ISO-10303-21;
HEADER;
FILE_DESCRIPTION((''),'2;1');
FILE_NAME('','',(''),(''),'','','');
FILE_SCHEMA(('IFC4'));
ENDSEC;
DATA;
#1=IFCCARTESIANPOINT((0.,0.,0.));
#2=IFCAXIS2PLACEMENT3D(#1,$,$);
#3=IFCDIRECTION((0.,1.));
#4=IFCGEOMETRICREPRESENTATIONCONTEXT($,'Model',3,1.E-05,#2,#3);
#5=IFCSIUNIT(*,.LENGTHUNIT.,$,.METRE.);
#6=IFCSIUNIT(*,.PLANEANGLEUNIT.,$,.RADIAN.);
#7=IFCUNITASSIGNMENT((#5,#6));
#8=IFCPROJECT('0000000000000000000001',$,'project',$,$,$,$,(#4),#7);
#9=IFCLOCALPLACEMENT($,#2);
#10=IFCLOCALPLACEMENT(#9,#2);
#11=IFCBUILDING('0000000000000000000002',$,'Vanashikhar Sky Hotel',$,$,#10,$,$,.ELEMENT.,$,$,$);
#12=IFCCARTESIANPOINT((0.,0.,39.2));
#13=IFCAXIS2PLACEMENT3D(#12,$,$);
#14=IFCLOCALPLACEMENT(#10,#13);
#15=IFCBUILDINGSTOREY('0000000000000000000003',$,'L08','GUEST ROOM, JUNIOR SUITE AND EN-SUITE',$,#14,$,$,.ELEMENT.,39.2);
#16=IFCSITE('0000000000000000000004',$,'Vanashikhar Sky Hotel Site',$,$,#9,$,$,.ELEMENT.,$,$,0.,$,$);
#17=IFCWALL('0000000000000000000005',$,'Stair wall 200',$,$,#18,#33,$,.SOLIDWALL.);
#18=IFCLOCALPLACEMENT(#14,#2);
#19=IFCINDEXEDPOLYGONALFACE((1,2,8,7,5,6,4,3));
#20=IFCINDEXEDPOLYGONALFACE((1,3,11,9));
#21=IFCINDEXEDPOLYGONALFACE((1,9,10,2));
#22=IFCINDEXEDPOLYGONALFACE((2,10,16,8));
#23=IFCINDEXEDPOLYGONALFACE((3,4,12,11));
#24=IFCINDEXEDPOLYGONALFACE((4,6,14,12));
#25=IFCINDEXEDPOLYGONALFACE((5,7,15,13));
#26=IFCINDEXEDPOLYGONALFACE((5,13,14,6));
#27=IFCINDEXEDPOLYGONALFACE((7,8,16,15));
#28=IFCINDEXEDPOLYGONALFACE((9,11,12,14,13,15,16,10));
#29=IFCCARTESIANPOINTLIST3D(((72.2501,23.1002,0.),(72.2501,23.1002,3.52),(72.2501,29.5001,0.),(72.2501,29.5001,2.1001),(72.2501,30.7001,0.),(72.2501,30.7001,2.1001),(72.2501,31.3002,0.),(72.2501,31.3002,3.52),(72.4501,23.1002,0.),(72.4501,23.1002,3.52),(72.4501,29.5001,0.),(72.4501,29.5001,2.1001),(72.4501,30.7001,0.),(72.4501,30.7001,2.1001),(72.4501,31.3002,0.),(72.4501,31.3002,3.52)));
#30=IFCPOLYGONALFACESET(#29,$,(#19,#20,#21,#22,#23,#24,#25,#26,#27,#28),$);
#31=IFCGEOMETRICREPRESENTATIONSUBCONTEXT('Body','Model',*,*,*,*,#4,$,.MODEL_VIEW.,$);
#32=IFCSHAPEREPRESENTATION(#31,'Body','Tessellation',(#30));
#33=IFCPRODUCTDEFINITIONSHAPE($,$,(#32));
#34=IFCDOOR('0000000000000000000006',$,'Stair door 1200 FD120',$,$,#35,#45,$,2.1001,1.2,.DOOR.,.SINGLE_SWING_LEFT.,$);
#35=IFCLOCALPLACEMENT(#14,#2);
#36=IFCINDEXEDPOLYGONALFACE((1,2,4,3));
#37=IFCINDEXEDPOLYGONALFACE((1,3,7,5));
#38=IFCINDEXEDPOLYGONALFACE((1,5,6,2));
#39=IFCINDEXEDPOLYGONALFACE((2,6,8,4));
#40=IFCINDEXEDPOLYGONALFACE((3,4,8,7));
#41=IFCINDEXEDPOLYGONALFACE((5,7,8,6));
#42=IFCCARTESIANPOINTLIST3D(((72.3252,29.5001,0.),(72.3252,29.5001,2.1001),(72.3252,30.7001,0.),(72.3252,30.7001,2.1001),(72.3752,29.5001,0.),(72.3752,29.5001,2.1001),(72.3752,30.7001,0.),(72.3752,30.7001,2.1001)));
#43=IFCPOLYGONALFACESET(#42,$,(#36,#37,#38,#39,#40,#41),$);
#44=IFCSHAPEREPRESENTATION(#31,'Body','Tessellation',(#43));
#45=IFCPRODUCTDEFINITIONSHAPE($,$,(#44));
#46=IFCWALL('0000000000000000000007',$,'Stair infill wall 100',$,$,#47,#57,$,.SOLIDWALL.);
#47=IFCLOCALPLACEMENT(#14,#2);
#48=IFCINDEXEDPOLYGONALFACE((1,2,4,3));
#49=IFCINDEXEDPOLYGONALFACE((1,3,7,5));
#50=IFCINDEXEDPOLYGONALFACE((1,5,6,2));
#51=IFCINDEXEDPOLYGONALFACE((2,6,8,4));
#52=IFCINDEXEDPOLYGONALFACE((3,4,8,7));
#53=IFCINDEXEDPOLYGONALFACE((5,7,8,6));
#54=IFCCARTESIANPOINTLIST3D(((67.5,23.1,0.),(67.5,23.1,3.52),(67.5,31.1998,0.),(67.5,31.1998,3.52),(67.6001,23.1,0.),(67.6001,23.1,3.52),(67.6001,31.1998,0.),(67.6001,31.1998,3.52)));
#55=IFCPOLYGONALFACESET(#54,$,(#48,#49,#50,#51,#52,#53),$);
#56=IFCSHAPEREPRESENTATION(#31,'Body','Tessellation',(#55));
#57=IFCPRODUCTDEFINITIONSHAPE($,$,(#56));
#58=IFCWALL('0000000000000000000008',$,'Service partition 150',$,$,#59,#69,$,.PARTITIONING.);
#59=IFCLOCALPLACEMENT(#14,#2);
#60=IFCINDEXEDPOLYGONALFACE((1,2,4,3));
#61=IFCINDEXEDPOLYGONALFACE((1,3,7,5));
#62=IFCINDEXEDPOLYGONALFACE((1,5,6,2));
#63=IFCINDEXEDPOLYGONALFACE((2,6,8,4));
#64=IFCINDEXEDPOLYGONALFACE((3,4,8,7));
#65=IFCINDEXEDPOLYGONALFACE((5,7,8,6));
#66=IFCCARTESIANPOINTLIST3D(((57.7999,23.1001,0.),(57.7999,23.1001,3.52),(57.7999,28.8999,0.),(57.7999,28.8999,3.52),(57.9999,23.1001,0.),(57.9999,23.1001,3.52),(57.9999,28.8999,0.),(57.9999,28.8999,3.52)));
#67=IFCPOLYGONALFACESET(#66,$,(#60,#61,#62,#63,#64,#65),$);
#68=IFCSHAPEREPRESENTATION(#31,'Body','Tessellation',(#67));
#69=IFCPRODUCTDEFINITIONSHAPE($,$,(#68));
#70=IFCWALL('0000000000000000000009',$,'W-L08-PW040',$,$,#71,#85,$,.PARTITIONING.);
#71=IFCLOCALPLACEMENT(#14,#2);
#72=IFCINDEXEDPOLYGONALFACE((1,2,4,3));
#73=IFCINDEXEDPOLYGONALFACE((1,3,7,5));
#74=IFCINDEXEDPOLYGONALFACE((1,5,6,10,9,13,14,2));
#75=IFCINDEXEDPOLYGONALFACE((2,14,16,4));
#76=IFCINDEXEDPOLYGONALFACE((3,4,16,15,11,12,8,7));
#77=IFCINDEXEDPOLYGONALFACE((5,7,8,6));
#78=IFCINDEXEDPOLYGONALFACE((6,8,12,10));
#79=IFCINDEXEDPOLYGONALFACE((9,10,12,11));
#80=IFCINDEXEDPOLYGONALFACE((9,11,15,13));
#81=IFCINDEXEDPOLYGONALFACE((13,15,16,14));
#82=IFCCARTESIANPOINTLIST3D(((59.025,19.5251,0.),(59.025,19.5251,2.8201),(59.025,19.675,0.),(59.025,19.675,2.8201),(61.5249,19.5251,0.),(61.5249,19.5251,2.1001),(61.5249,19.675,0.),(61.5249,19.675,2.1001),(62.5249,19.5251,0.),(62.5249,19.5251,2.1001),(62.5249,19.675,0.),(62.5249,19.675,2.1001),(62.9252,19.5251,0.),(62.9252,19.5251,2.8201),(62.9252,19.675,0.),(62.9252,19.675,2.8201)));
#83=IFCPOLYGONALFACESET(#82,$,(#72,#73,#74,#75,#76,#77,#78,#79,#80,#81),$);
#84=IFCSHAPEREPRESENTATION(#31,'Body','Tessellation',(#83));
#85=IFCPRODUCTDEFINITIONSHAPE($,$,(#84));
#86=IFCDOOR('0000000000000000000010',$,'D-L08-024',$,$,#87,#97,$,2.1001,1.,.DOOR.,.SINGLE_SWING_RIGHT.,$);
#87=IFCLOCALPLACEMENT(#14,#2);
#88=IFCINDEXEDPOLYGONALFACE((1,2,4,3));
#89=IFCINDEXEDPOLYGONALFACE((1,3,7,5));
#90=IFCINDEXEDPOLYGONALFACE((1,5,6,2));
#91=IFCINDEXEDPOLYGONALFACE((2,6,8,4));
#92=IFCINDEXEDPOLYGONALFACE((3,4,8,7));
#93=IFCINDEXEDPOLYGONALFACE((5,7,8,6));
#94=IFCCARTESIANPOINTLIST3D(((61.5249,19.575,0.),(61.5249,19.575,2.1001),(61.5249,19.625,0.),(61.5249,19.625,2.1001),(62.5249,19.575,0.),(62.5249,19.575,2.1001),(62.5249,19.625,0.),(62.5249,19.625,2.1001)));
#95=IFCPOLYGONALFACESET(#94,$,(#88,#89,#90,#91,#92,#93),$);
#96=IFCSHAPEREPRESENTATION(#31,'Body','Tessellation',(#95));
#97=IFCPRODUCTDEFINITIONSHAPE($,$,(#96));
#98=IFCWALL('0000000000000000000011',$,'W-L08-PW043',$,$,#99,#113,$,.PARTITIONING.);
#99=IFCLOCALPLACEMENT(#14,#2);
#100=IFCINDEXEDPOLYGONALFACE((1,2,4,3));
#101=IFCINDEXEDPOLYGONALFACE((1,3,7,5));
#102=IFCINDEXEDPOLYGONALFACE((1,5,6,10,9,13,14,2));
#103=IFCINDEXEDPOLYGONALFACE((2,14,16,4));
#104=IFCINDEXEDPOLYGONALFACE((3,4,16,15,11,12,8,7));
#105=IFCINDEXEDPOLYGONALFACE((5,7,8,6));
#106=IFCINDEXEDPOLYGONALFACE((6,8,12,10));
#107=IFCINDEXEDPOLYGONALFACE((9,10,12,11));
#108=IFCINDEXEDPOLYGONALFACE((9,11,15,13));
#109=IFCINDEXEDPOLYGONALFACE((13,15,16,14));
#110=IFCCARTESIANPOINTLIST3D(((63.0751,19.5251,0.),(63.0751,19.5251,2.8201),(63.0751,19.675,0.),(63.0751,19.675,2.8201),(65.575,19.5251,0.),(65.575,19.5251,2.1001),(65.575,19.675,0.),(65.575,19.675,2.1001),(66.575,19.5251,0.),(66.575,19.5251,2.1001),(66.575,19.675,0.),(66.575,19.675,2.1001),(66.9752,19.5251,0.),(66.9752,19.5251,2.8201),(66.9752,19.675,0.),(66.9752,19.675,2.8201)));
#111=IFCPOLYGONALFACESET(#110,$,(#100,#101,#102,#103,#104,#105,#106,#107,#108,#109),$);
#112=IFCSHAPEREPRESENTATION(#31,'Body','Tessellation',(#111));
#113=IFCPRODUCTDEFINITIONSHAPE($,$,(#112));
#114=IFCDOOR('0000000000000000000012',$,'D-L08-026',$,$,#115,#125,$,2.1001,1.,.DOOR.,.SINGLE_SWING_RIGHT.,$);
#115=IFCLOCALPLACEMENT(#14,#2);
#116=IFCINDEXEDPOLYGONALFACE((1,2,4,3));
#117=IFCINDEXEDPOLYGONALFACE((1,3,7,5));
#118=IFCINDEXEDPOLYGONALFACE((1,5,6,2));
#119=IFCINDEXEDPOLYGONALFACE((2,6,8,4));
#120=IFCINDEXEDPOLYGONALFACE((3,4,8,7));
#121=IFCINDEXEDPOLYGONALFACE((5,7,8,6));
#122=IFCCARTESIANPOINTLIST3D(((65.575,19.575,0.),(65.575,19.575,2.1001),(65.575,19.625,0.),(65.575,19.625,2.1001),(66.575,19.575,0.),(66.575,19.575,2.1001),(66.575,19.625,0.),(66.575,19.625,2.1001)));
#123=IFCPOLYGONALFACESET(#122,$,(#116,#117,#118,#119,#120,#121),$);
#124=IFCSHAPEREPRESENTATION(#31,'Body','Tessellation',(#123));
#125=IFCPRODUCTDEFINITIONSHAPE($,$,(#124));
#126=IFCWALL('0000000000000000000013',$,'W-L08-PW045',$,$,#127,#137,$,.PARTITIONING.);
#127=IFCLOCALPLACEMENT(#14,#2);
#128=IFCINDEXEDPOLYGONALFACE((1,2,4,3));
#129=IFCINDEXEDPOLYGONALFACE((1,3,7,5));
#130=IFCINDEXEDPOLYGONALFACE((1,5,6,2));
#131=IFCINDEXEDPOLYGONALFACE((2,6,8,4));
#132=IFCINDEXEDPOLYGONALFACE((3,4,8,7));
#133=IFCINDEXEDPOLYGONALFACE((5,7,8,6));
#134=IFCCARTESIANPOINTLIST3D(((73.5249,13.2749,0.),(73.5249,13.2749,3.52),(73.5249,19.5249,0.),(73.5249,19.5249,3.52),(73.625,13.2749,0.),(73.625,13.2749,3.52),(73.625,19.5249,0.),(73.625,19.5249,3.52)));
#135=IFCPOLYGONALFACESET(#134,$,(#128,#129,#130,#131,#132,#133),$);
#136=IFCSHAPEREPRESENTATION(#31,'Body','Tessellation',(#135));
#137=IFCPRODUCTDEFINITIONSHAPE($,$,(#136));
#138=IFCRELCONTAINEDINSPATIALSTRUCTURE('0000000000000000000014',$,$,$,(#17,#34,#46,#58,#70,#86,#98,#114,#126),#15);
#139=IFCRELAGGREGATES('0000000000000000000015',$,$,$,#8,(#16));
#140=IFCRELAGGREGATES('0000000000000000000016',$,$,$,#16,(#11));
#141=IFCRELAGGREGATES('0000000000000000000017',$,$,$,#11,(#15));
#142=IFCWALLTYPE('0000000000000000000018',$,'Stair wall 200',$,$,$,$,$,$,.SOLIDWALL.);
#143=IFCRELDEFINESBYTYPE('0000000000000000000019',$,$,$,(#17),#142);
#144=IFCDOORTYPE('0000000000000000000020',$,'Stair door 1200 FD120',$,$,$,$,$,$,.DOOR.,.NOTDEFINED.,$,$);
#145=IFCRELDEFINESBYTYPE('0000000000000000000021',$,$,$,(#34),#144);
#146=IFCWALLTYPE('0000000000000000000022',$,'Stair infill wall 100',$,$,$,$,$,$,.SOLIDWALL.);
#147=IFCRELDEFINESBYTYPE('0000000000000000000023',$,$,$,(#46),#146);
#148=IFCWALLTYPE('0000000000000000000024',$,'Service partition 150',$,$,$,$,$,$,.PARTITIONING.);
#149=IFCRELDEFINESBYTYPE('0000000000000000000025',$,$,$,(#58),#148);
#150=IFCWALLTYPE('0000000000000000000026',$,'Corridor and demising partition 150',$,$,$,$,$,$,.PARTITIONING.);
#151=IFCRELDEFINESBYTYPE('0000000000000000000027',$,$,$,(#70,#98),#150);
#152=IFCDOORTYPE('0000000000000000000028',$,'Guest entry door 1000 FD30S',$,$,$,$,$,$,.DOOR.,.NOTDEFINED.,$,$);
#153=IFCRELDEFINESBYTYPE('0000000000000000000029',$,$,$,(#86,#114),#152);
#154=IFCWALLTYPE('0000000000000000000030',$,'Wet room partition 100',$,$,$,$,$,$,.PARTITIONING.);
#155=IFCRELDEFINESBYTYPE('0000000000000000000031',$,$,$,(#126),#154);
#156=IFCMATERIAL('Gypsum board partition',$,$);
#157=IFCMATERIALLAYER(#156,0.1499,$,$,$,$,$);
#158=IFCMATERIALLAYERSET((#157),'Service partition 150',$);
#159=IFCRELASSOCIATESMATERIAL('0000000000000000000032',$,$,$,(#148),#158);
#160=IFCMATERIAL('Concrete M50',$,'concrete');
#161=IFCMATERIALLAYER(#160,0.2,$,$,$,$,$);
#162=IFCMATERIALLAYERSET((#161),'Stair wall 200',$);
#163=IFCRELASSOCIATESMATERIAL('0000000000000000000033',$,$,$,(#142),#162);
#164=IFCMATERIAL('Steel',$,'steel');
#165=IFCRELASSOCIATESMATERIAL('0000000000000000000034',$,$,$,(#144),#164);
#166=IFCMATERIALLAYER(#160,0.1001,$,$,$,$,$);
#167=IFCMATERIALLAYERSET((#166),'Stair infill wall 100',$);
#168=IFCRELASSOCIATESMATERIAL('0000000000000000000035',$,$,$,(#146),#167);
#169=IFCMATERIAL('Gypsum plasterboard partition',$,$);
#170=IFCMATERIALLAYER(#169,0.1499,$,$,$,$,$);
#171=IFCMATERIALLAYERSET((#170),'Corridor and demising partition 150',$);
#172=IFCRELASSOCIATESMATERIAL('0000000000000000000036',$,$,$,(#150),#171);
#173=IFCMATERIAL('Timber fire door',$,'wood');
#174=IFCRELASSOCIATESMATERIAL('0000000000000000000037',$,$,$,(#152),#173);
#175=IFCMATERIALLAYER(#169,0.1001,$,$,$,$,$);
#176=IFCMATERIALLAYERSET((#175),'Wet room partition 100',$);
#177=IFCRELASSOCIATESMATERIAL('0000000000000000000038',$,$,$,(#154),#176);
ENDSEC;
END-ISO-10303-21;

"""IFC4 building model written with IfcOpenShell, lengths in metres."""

from ifc_helpers import new_model, si_unit, direction, frame, frame_2d, origin, place, context, subcontext, project, spatial, rectangle, extrude, source, transform, mapped, material, layer, layer_set, type_object, element, fill, save


model = new_model("IFC4")

# Units and contexts
model_context = context("Model", 3, precision=1e-05, world=origin(), true_north=direction((0.0, 1.0)))
body_context = subcontext(model_context, "Body", "Model", "MODEL_VIEW")
ifc_project = project(units=[si_unit("LENGTHUNIT", "METRE"), si_unit("PLANEANGLEUNIT", "RADIAN")], contexts=[model_context])

# Site, building, storey
site_placement = place(None, origin())
site = spatial("IfcSite", under=ifc_project, at=site_placement, Name="Vanashikhar Sky Hotel Site", CompositionType="ELEMENT", RefElevation=0.0)
building_placement = place(site_placement, origin())
building = spatial("IfcBuilding", under=site, at=building_placement, Name="Vanashikhar Sky Hotel", CompositionType="ELEMENT")
storey_placement = place(building_placement, frame((0.0, 0.0, 39.2)))
storey = spatial("IfcBuildingStorey", under=building, at=storey_placement, Name="L08", Description="GUEST ROOM, JUNIOR SUITE AND EN-SUITE", CompositionType="ELEMENT", Elevation=39.2)

# Shared definitions
ifc_material_1 = material(Name="Concrete M50", Category="concrete")

# Shared definitions
ifc_material_2 = material(Name="Steel", Category="steel")
shared_shape_1 = source(origin(), body_context, "Body", "SweptSolid", [
    extrude(rectangle(XDim=1.2, YDim=2.1001, at=frame_2d((0.6001, 1.05))), frame((0.0, 0.0249, 0.0), z_axis=(0.0, -1.0, 0.0), x_axis=(1.0, 0.0, 0.0)), (0.0, 0.0, 1.0), 0.05),
])

# Shared definitions
ifc_material_3 = material(Name="Gypsum board partition")
ifc_layer_1 = layer(ifc_material_3, 0.1499)
ifc_layer_set_1 = layer_set([ifc_layer_1], Name="Service partition 150")
wall_type_1 = type_object("IfcWallType", Name="Service partition 150", PredefinedType="PARTITIONING", material=ifc_layer_set_1)

# Wall, opening, door
ifc_layer_2 = layer(ifc_material_1, 0.2)
ifc_layer_set_2 = layer_set([ifc_layer_2], Name="Stair wall 200")
wall_type_2 = type_object("IfcWallType", Name="Stair wall 200", PredefinedType="SOLIDWALL", material=ifc_layer_set_2)
shared_shape_2 = source(origin(), body_context, "Body", "SweptSolid", [
    extrude(rectangle(XDim=8.2, YDim=0.2, at=frame_2d((4.1001, 0.0))), origin(), (0.0, 0.0, 1.0), 3.52),
])
wall_1_placement = place(storey_placement, frame((72.3501, 23.1001, 0.0), z_axis=(0.0, 0.0, 1.0), x_axis=(0.0, 1.0, 0.0)))
wall_1 = element("IfcWall", 1, at=wall_1_placement, inside=storey, type_object=wall_type_2, Name="Stair wall 200", PredefinedType="SOLIDWALL", context=body_context, shape_type="MappedRepresentation", body=[
    mapped(shared_shape_2, transform((0.0, 0.0, 0.0), scale=1.0)),
])
shared_shape_3 = source(origin(), body_context, "Body", "SweptSolid", [
    extrude(rectangle(XDim=1.2, YDim=2.1001, at=frame_2d((0.6001, 1.05))), frame((0.0, 0.1099, 0.0), z_axis=(0.0, -1.0, 0.0), x_axis=(1.0, 0.0, 0.0)), (0.0, 0.0, 1.0), 0.22),
])
opening_1_placement = place(wall_1_placement, frame((6.3999, 0.0, 0.0)))
opening_1 = element("IfcOpeningElement", 2, at=opening_1_placement, cuts=wall_1, PredefinedType="OPENING", context=body_context, shape_type="MappedRepresentation", body=[
    mapped(shared_shape_3, transform((0.0, 0.0, 0.0), scale=1.0)),
])
door_type_1 = type_object("IfcDoorType", Name="Stair door 1200 FD120", OperationType="NOTDEFINED", PredefinedType="DOOR", material=ifc_material_2)
door_1_placement = place(opening_1_placement, origin())
door_1 = element("IfcDoor", 3, at=door_1_placement, inside=storey, type_object=door_type_1, Name="Stair door 1200 FD120", OperationType="SINGLE_SWING_LEFT", OverallHeight=2.1001, OverallWidth=1.2, PredefinedType="DOOR", context=body_context, shape_type="MappedRepresentation", body=[
    mapped(shared_shape_1, transform((0.0, 0.0, 0.0), scale=1.0)),
])
fill(opening_1, door_1)

# Walls
ifc_layer_3 = layer(ifc_material_1, 0.1001)
ifc_layer_set_3 = layer_set([ifc_layer_3], Name="Stair infill wall 100")
wall_type_3 = type_object("IfcWallType", Name="Stair infill wall 100", PredefinedType="SOLIDWALL", material=ifc_layer_set_3)
shared_shape_4 = source(origin(), body_context, "Body", "SweptSolid", [
    extrude(rectangle(XDim=8.0999, YDim=0.1001, at=frame_2d((4.0498, 0.0))), origin(), (0.0, 0.0, 1.0), 3.52),
])
wall_2_placement = place(storey_placement, frame((67.55, 23.1001, 0.0), z_axis=(0.0, 0.0, 1.0), x_axis=(0.0, 1.0, 0.0)))
element("IfcWall", 4, at=wall_2_placement, inside=storey, type_object=wall_type_3, Name="Stair infill wall 100", PredefinedType="SOLIDWALL", context=body_context, shape_type="MappedRepresentation", body=[
    mapped(shared_shape_4, transform((0.0, 0.0, 0.0), scale=1.0)),
])
shared_shape_5 = source(origin(), body_context, "Body", "SweptSolid", [
    extrude(rectangle(XDim=5.7998, YDim=0.2, at=frame_2d((2.8999, 0.0))), origin(), (0.0, 0.0, 1.0), 3.52),
])
wall_3_placement = place(storey_placement, frame((57.8999, 23.1001, 0.0), z_axis=(0.0, 0.0, 1.0), x_axis=(0.0, 1.0, 0.0)))
element("IfcWall", 5, at=wall_3_placement, inside=storey, type_object=wall_type_1, Name="Service partition 150", PredefinedType="PARTITIONING", context=body_context, shape_type="MappedRepresentation", body=[
    mapped(shared_shape_5, transform((0.0, 0.0, 0.0), scale=1.0)),
])

# Walls, openings, doors
ifc_material_4 = material(Name="Gypsum plasterboard partition")
ifc_layer_4 = layer(ifc_material_4, 0.1499)
ifc_layer_set_4 = layer_set([ifc_layer_4], Name="Corridor and demising partition 150")
wall_type_4 = type_object("IfcWallType", Name="Corridor and demising partition 150", PredefinedType="PARTITIONING", material=ifc_layer_set_4)
shared_shape_6 = source(origin(), body_context, "Body", "SweptSolid", [
    extrude(rectangle(XDim=3.9001, YDim=0.1499, at=frame_2d((1.9502, 0.0))), origin(), (0.0, 0.0, 1.0), 2.8201),
])
wall_4_placement = place(storey_placement, frame((59.0249, 19.6001, 0.0), z_axis=(0.0, 0.0, 1.0), x_axis=(1.0, 0.0, 0.0)))
wall_4 = element("IfcWall", 6, at=wall_4_placement, inside=storey, type_object=wall_type_4, Name="W-L08-PW040", PredefinedType="PARTITIONING", context=body_context, shape_type="MappedRepresentation", body=[
    mapped(shared_shape_6, transform((0.0, 0.0, 0.0), scale=1.0)),
])
shared_shape_7 = source(origin(), body_context, "Body", "SweptSolid", [
    extrude(rectangle(XDim=1.0, YDim=2.1001, at=frame_2d((0.5, 1.05))), frame((0.0, 0.085, 0.0), z_axis=(0.0, -1.0, 0.0), x_axis=(1.0, 0.0, 0.0)), (0.0, 0.0, 1.0), 0.1699),
])
opening_2_placement = place(wall_4_placement, frame((2.5, 0.0, 0.0)))
opening_2 = element("IfcOpeningElement", 7, at=opening_2_placement, cuts=wall_4, PredefinedType="OPENING", context=body_context, shape_type="MappedRepresentation", body=[
    mapped(shared_shape_7, transform((0.0, 0.0, 0.0), scale=1.0)),
])
ifc_material_5 = material(Name="Timber fire door", Category="wood")
door_type_2 = type_object("IfcDoorType", Name="Guest entry door 1000 FD30S", OperationType="NOTDEFINED", PredefinedType="DOOR", material=ifc_material_5)
shared_shape_8 = source(origin(), body_context, "Body", "SweptSolid", [
    extrude(rectangle(XDim=1.0, YDim=2.1001, at=frame_2d((0.5, 1.05))), frame((0.0, 0.0249, 0.0), z_axis=(0.0, -1.0, 0.0), x_axis=(1.0, 0.0, 0.0)), (0.0, 0.0, 1.0), 0.05),
])
door_2_placement = place(opening_2_placement, origin())
door_2 = element("IfcDoor", 8, at=door_2_placement, inside=storey, type_object=door_type_2, Name="D-L08-024", OperationType="SINGLE_SWING_RIGHT", OverallHeight=2.1001, OverallWidth=1.0, PredefinedType="DOOR", context=body_context, shape_type="MappedRepresentation", body=[
    mapped(shared_shape_8, transform((0.0, 0.0, 0.0), scale=1.0)),
])
fill(opening_2, door_2)
wall_5_placement = place(storey_placement, frame((63.075, 19.6001, 0.0), z_axis=(0.0, 0.0, 1.0), x_axis=(1.0, 0.0, 0.0)))
wall_5 = element("IfcWall", 9, at=wall_5_placement, inside=storey, type_object=wall_type_4, Name="W-L08-PW043", PredefinedType="PARTITIONING", context=body_context, shape_type="MappedRepresentation", body=[
    mapped(shared_shape_6, transform((0.0, 0.0, 0.0), scale=1.0)),
])
opening_3_placement = place(wall_5_placement, frame((2.5, 0.0, 0.0)))
opening_3 = element("IfcOpeningElement", 10, at=opening_3_placement, cuts=wall_5, PredefinedType="OPENING", context=body_context, shape_type="MappedRepresentation", body=[
    mapped(shared_shape_7, transform((0.0, 0.0, 0.0), scale=1.0)),
])
door_3_placement = place(opening_3_placement, origin())
door_3 = element("IfcDoor", 11, at=door_3_placement, inside=storey, type_object=door_type_2, Name="D-L08-026", OperationType="SINGLE_SWING_RIGHT", OverallHeight=2.1001, OverallWidth=1.0, PredefinedType="DOOR", context=body_context, shape_type="MappedRepresentation", body=[
    mapped(shared_shape_8, transform((0.0, 0.0, 0.0), scale=1.0)),
])
fill(opening_3, door_3)

# Wall
ifc_layer_5 = layer(ifc_material_4, 0.1001)
ifc_layer_set_5 = layer_set([ifc_layer_5], Name="Wet room partition 100")
wall_type_5 = type_object("IfcWallType", Name="Wet room partition 100", PredefinedType="PARTITIONING", material=ifc_layer_set_5)
shared_shape_9 = source(origin(), body_context, "Body", "SweptSolid", [
    extrude(rectangle(XDim=6.25, YDim=0.1001, at=frame_2d((3.125, 0.0))), origin(), (0.0, 0.0, 1.0), 3.52),
])
wall_6_placement = place(storey_placement, frame((73.575, 13.2749, 0.0), z_axis=(0.0, 0.0, 1.0), x_axis=(0.0, 1.0, 0.0)))
element("IfcWall", 12, at=wall_6_placement, inside=storey, type_object=wall_type_5, Name="W-L08-PW045", PredefinedType="PARTITIONING", context=body_context, shape_type="MappedRepresentation", body=[
    mapped(shared_shape_9, transform((0.0, 0.0, 0.0), scale=1.0)),
])

save(model, "model.ifc")
